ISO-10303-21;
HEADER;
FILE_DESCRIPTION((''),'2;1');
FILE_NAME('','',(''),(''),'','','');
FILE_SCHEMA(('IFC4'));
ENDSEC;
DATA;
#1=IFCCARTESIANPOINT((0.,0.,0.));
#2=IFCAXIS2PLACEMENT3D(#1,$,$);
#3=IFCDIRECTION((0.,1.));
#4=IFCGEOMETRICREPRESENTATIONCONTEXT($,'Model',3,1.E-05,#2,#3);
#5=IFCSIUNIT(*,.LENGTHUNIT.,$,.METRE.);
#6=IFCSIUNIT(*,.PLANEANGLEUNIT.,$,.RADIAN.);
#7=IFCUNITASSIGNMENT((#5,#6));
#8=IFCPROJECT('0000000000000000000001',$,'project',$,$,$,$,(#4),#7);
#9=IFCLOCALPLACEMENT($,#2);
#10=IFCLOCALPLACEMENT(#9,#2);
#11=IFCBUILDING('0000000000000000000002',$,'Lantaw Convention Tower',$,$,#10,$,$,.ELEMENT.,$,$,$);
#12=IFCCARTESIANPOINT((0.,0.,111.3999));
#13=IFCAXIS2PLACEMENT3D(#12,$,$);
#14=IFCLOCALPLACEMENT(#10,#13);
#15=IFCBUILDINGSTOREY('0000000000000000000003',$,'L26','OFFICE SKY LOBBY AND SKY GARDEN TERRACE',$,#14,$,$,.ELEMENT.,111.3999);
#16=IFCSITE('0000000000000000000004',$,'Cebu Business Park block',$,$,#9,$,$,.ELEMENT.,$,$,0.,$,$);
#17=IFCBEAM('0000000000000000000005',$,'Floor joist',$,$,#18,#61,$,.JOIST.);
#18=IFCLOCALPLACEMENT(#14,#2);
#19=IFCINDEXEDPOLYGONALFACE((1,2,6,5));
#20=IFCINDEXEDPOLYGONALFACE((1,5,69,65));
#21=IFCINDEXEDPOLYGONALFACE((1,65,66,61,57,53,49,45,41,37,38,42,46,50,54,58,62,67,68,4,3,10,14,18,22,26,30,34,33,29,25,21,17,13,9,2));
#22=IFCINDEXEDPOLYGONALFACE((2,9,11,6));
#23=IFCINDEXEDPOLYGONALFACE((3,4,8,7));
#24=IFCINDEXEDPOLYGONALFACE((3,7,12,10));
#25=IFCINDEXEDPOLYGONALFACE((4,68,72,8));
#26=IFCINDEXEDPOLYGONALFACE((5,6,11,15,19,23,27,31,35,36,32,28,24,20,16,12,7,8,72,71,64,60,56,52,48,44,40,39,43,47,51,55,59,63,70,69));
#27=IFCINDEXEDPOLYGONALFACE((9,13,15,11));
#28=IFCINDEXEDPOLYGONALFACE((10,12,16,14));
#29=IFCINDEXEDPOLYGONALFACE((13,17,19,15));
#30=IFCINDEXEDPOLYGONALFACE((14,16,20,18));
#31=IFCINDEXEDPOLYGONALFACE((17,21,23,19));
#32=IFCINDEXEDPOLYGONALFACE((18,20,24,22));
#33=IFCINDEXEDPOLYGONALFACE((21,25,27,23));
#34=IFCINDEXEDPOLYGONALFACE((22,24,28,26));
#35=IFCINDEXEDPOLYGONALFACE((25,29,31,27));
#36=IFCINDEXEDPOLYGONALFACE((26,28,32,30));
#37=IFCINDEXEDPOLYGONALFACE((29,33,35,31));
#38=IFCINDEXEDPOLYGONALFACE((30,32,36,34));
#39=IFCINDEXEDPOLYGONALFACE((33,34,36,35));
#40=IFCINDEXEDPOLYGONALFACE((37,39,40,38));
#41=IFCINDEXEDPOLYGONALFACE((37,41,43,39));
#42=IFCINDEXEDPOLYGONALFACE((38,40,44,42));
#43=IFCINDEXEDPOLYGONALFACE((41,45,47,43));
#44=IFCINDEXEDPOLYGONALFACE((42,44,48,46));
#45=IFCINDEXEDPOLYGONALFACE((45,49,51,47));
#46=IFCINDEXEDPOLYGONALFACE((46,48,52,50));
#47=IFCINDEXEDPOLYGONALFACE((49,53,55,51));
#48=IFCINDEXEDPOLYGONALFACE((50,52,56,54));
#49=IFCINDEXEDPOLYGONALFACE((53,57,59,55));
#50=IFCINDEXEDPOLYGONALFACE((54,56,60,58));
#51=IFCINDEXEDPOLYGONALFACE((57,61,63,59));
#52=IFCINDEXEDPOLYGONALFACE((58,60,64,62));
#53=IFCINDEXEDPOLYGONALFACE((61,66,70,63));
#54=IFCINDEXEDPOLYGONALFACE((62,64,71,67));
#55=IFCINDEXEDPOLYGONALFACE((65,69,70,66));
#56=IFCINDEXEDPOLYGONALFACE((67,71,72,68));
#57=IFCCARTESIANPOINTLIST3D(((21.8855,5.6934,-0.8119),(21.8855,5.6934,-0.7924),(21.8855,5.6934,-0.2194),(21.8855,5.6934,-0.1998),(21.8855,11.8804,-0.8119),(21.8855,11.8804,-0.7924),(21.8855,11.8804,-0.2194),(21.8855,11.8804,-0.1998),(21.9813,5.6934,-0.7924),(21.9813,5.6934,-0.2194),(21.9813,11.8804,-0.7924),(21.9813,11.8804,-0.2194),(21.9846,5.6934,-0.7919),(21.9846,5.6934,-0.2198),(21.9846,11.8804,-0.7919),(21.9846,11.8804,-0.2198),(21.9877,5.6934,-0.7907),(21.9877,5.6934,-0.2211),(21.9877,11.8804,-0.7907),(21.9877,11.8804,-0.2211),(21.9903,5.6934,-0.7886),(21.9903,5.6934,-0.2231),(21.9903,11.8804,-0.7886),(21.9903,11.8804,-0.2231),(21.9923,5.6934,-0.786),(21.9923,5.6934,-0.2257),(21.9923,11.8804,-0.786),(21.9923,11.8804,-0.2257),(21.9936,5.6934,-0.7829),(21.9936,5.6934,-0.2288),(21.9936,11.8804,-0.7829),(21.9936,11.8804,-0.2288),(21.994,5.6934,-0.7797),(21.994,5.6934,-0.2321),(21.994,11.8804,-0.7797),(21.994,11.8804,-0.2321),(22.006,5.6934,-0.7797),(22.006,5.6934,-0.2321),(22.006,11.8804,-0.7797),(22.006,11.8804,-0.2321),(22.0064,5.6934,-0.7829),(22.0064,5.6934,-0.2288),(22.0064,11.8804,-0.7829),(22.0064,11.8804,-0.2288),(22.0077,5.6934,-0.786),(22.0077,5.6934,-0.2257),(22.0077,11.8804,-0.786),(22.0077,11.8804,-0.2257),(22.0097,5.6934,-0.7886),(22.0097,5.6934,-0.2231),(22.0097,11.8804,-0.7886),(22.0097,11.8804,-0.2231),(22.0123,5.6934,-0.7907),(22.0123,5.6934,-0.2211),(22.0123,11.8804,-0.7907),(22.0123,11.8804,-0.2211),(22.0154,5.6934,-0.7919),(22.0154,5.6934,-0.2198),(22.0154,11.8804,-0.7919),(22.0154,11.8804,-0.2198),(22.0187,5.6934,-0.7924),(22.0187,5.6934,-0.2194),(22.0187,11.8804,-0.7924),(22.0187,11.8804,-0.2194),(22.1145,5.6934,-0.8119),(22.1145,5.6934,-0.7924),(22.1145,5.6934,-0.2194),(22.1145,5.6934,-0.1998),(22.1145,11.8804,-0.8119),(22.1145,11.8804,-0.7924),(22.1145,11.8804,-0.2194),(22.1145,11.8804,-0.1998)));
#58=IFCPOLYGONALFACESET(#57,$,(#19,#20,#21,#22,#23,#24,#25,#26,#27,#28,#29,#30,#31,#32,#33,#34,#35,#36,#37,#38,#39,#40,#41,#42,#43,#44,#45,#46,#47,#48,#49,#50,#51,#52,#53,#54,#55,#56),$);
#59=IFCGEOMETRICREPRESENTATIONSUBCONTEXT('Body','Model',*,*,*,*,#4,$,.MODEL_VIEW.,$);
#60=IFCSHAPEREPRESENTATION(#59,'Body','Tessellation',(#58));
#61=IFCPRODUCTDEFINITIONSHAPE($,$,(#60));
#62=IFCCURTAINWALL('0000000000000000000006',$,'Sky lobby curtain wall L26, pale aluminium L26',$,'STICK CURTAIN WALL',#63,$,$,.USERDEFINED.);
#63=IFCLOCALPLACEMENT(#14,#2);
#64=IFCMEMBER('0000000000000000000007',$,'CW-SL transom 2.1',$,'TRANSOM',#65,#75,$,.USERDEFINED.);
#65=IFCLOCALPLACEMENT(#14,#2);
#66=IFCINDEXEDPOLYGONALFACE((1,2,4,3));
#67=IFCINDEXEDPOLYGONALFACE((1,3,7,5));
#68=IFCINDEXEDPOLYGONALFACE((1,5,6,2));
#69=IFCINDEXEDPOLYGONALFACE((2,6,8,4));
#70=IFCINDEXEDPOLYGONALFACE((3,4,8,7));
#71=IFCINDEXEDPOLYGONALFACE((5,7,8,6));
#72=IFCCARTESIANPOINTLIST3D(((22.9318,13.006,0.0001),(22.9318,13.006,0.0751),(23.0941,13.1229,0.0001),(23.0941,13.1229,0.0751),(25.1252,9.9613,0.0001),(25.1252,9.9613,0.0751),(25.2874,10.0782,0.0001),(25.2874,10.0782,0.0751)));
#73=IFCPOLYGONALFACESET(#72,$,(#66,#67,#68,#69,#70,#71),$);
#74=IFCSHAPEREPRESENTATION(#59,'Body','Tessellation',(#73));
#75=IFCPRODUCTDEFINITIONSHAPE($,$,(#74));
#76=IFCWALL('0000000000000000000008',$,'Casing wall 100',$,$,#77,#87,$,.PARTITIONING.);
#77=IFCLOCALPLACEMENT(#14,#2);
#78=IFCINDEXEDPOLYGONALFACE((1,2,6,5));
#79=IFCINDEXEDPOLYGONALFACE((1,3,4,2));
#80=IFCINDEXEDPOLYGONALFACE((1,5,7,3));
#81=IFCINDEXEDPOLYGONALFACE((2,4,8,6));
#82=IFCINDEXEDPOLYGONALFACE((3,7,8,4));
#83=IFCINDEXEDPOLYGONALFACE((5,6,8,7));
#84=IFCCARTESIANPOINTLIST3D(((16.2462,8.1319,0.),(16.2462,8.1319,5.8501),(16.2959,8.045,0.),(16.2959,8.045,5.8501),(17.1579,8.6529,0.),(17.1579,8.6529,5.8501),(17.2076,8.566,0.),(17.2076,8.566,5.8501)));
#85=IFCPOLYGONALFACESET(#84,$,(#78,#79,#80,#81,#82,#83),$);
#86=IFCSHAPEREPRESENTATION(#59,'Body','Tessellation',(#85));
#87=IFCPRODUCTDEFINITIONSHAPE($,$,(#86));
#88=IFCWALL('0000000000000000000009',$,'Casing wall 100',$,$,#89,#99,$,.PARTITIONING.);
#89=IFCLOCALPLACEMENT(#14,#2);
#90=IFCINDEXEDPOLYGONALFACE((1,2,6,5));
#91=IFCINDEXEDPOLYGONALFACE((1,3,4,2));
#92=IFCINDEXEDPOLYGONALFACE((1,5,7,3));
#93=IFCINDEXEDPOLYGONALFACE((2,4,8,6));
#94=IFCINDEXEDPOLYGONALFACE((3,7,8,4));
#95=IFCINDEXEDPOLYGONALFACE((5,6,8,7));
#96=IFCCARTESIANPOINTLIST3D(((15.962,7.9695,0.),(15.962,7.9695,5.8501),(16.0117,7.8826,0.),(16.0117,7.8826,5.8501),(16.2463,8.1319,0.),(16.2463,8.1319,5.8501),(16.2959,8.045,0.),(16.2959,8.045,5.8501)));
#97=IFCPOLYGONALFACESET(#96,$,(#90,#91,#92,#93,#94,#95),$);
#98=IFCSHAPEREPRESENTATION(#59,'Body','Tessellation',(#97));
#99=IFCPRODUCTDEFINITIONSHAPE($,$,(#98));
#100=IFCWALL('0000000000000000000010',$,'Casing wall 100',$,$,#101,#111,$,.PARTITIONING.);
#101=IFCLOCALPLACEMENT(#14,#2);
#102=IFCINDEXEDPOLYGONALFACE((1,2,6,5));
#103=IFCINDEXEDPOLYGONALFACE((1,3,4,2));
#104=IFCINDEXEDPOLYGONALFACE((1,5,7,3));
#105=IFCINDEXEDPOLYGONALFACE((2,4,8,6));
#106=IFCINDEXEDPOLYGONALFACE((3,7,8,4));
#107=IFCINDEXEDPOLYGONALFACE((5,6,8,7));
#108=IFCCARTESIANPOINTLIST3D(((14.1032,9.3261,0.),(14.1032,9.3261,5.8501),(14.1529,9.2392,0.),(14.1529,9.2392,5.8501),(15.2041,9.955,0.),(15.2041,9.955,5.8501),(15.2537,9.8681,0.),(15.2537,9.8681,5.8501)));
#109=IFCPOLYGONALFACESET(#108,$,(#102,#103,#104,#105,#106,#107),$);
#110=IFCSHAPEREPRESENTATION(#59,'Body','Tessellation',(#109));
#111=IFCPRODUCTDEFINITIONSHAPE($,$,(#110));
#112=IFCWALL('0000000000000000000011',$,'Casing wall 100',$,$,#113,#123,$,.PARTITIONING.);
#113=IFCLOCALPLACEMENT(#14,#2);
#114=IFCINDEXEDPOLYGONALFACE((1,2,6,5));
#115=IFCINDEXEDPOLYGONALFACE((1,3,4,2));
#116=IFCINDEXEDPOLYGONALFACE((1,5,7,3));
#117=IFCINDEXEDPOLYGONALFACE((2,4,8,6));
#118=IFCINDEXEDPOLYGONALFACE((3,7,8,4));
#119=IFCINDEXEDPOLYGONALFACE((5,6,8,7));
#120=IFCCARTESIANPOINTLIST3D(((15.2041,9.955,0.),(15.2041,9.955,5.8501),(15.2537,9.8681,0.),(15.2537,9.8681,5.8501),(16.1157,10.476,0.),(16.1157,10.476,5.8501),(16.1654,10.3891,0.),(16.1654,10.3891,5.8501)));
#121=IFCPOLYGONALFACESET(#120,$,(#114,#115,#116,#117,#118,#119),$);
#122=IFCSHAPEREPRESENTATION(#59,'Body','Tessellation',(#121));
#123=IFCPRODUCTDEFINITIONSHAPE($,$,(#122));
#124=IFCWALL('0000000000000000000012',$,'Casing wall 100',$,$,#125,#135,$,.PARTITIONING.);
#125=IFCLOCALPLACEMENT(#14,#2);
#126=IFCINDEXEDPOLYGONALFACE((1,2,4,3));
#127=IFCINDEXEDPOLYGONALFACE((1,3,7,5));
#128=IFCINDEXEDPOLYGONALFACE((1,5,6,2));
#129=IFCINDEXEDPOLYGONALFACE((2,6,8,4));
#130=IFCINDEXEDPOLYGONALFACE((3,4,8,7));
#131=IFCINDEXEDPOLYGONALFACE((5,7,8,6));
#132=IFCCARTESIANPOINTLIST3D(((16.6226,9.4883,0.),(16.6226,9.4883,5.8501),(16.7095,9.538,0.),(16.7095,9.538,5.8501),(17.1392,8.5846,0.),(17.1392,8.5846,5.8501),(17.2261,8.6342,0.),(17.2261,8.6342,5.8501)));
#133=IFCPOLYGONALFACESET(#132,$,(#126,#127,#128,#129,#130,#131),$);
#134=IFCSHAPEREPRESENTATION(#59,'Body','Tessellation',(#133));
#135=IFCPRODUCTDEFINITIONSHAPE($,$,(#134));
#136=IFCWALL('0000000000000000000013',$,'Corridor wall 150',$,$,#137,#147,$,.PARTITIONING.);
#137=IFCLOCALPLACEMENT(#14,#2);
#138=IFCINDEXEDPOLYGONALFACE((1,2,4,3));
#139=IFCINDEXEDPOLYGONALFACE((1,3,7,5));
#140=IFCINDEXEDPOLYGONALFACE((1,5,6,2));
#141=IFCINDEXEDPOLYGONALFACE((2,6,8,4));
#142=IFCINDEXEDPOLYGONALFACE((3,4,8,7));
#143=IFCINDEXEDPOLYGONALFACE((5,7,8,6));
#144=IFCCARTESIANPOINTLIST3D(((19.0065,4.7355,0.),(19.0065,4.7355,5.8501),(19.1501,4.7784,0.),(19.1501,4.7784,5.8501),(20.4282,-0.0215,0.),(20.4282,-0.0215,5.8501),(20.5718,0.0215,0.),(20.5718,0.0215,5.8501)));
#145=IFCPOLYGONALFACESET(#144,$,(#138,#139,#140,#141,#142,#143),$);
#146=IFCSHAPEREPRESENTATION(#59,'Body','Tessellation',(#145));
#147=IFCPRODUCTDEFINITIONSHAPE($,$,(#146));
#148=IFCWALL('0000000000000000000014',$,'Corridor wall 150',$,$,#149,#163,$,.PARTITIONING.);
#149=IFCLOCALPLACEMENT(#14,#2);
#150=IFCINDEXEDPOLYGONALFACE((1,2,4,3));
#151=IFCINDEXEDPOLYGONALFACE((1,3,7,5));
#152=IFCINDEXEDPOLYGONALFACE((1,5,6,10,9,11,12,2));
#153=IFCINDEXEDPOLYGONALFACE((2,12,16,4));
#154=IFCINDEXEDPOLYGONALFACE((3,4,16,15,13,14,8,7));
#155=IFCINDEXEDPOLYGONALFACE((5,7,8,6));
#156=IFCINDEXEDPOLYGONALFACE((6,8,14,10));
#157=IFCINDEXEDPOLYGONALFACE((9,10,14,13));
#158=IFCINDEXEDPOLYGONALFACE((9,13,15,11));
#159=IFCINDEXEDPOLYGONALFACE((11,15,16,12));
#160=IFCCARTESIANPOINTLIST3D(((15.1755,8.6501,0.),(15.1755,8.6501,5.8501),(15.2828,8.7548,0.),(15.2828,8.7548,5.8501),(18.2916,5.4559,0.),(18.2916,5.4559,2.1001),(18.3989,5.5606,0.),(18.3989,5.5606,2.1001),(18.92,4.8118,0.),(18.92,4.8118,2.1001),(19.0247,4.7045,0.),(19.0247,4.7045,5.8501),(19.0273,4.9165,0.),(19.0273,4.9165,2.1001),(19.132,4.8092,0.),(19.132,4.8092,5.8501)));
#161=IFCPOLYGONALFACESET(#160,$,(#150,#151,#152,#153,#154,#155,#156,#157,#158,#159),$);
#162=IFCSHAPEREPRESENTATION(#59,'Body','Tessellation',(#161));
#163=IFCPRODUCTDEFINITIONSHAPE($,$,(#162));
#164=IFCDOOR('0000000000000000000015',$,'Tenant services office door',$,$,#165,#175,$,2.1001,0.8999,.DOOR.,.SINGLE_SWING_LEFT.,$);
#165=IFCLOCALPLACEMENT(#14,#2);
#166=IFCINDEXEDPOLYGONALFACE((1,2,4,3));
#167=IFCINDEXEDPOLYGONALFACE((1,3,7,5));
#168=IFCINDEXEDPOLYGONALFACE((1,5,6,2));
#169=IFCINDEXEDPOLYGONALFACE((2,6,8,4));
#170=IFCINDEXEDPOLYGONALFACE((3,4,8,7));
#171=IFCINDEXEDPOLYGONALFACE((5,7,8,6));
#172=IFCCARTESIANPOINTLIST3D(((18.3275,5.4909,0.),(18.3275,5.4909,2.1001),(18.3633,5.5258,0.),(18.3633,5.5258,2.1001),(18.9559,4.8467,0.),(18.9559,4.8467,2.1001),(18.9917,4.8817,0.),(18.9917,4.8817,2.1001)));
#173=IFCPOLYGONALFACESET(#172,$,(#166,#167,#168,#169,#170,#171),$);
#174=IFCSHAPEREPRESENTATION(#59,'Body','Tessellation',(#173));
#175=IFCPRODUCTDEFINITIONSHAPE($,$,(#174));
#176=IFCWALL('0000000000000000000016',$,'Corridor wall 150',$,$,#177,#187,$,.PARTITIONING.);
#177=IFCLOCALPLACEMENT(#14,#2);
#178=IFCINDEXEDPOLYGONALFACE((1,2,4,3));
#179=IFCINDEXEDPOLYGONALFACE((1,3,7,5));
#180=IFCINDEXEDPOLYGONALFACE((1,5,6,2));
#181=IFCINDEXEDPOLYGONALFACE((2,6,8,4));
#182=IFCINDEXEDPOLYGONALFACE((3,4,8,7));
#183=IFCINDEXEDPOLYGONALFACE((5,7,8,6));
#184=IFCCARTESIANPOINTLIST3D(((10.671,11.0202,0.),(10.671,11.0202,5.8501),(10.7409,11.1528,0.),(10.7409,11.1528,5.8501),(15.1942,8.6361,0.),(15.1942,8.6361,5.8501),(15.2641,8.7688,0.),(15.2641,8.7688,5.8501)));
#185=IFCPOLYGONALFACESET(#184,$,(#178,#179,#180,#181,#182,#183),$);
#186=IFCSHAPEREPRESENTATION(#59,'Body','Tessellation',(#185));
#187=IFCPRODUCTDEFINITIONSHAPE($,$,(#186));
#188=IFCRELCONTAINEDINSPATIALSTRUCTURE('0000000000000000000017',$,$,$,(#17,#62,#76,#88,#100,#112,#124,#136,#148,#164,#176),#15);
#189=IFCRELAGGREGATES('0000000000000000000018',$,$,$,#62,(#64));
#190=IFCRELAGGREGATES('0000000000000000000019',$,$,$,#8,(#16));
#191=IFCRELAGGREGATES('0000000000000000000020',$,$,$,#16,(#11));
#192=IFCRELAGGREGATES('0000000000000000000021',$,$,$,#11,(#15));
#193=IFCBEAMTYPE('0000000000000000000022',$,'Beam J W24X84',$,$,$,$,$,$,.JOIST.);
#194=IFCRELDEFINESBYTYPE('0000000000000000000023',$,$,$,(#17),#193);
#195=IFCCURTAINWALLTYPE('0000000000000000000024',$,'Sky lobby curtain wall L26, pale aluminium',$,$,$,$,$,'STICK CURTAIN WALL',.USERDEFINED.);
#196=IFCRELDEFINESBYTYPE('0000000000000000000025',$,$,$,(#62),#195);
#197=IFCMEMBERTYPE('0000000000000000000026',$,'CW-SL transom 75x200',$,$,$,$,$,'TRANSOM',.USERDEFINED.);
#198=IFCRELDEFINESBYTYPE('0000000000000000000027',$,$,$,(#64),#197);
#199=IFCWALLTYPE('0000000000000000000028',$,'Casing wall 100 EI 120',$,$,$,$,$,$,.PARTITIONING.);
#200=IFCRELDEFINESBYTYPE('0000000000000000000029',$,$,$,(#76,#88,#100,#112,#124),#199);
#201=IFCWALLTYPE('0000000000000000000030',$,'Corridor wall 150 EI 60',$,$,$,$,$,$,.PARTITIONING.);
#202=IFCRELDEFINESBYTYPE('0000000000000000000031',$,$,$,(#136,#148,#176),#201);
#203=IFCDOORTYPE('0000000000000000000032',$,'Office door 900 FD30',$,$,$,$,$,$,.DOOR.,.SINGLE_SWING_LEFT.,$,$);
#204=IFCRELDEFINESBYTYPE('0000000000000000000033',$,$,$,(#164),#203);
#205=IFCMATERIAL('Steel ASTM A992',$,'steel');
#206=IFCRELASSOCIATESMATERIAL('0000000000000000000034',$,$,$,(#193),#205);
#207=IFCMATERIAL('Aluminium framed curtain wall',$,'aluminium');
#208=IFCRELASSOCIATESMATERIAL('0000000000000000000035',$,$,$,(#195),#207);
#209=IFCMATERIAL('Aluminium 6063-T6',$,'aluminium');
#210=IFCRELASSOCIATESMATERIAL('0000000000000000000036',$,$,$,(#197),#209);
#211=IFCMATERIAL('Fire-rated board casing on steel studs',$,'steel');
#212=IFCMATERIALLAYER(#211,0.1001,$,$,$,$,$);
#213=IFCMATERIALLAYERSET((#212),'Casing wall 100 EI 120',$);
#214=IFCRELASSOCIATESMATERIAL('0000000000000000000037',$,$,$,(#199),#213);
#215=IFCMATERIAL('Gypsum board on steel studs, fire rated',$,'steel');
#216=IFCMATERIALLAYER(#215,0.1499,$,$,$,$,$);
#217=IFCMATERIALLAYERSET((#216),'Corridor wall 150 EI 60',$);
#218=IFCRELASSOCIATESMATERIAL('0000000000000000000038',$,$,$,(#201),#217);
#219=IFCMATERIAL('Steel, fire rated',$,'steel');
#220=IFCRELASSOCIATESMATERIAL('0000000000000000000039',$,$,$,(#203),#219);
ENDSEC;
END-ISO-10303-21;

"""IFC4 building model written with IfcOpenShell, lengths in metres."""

from ifc_helpers import new_model, si_unit, direction, frame, frame_2d, origin, origin_2d, place, context, subcontext, project, spatial, rectangle, i_section, extrude, material, layer, layer_set, material_profile, profile_set, type_object, element, fill, aggregate, save


model = new_model("IFC4")

# Units and contexts
model_context = context("Model", 3, precision=1e-05, world=origin(), true_north=direction((0.0, 1.0)))
body_context = subcontext(model_context, "Body", "Model", "MODEL_VIEW")
ifc_project = project(units=[si_unit("LENGTHUNIT", "METRE"), si_unit("PLANEANGLEUNIT", "RADIAN")], contexts=[model_context])

# Site, building, storey
site_placement = place(None, origin())
site = spatial("IfcSite", under=ifc_project, at=site_placement, Name="Cebu Business Park block", CompositionType="ELEMENT", RefElevation=0.0)
building_placement = place(site_placement, origin())
building = spatial("IfcBuilding", under=site, at=building_placement, Name="Lantaw Convention Tower", CompositionType="ELEMENT")
storey_placement = place(building_placement, frame((0.0, 0.0, 111.3999)))
storey = spatial("IfcBuildingStorey", under=building, at=storey_placement, Name="L26", Description="OFFICE SKY LOBBY AND SKY GARDEN TERRACE", CompositionType="ELEMENT", Elevation=111.3999)

# Beam
ifc_material_1 = material(Name="Steel ASTM A992", Category="steel")
ifc_material_profile_1 = material_profile(ifc_material_1, i_section(OverallWidth=0.229, OverallDepth=0.6121, WebThickness=0.012, FlangeThickness=0.0195, FilletRadius=0.0127, at=origin_2d()), Name="W24X84")
ifc_profile_set_1 = profile_set([ifc_material_profile_1], Name="Steel ASTM A992")
beam_type_1 = type_object("IfcBeamType", Name="Beam J W24X84", PredefinedType="JOIST", material=ifc_profile_set_1)
beam_1_placement = place(storey_placement, frame((22.0, 5.6934, -0.5059), z_axis=(0.0, 1.0, 0.0), x_axis=(-1.0, 0.0, 0.0)))
element("IfcBeam", 1, at=beam_1_placement, inside=storey, type_object=beam_type_1, Name="Floor joist", PredefinedType="JOIST", context=body_context, shape_type="SweptSolid", body=[
    extrude(i_section(OverallWidth=0.229, OverallDepth=0.6121, WebThickness=0.012, FlangeThickness=0.0195, FilletRadius=0.0127, at=origin_2d()), origin(), (0.0, 0.0, 1.0), 6.187),
])

# Curtain wall, member
ifc_material_2 = material(Name="Aluminium framed curtain wall", Category="aluminium")
curtain_wall_type = type_object("IfcCurtainWallType", Name="Sky lobby curtain wall L26, pale aluminium", ElementType="STICK CURTAIN WALL", PredefinedType="USERDEFINED", material=ifc_material_2)
curtain_wall_placement = place(storey_placement, origin())
curtain_wall = element("IfcCurtainWall", 2, at=curtain_wall_placement, inside=storey, type_object=curtain_wall_type, Name="Sky lobby curtain wall L26, pale aluminium L26", ObjectType="STICK CURTAIN WALL", PredefinedType="USERDEFINED")
ifc_material_3 = material(Name="Aluminium 6063-T6", Category="aluminium")
ifc_material_profile_2 = material_profile(ifc_material_3, rectangle(XDim=0.2, YDim=0.075, at=origin_2d()), Name="CW-SL transom 75x200")
ifc_profile_set_2 = profile_set([ifc_material_profile_2], Name="Aluminium 6063-T6")
member_type = type_object("IfcMemberType", Name="CW-SL transom 75x200", ElementType="TRANSOM", PredefinedType="USERDEFINED", material=ifc_profile_set_2)
member_placement = place(storey_placement, frame((25.2063, 10.0198, 0.0376), z_axis=(-0.584514, 0.811384, 0.0), x_axis=(-0.811384, -0.584514, 0.0)))
member = element("IfcMember", 3, at=member_placement, type_object=member_type, Name="CW-SL transom 2.1", ObjectType="TRANSOM", PredefinedType="USERDEFINED", context=body_context, shape_type="SweptSolid", body=[
    extrude(rectangle(XDim=0.2, YDim=0.075, at=origin_2d()), origin(), (0.0, 0.0, 1.0), 3.7524),
])
aggregate(curtain_wall, [member])

# Walls
ifc_material_4 = material(Name="Fire-rated board casing on steel studs", Category="steel")
ifc_layer_1 = layer(ifc_material_4, 0.1001)
ifc_layer_set_1 = layer_set([ifc_layer_1], Name="Casing wall 100 EI 120")
wall_type_1 = type_object("IfcWallType", Name="Casing wall 100 EI 120", PredefinedType="PARTITIONING", material=ifc_layer_set_1)
wall_1_placement = place(storey_placement, frame((17.1826, 8.6094, 0.0), z_axis=(0.0, 0.0, 1.0), x_axis=(-0.868215, -0.496189, 0.0)))
element("IfcWall", 4, at=wall_1_placement, inside=storey, type_object=wall_type_1, Name="Casing wall 100", PredefinedType="PARTITIONING", context=body_context, shape_type="SweptSolid", body=[
    extrude(rectangle(XDim=1.05, YDim=0.1001, at=frame_2d((0.5249, 0.0))), origin(), (0.0, 0.0, 1.0), 5.8501),
])
wall_2_placement = place(storey_placement, frame((16.271, 8.0884, 0.0), z_axis=(0.0, 0.0, 1.0), x_axis=(-0.868289, -0.496059, 0.0)))
element("IfcWall", 5, at=wall_2_placement, inside=storey, type_object=wall_type_1, Name="Casing wall 100", PredefinedType="PARTITIONING", context=body_context, shape_type="SweptSolid", body=[
    extrude(rectangle(XDim=0.3274, YDim=0.1001, at=frame_2d((0.1636, 0.0))), origin(), (0.0, 0.0, 1.0), 5.8501),
])
wall_3_placement = place(storey_placement, frame((14.1282, 9.2827, 0.0), z_axis=(0.0, 0.0, 1.0), x_axis=(0.868291, 0.496056, 0.0)))
element("IfcWall", 6, at=wall_3_placement, inside=storey, type_object=wall_type_1, Name="Casing wall 100", PredefinedType="PARTITIONING", context=body_context, shape_type="SweptSolid", body=[
    extrude(rectangle(XDim=1.2678, YDim=0.1001, at=frame_2d((0.6338, 0.0))), origin(), (0.0, 0.0, 1.0), 5.8501),
])
wall_4_placement = place(storey_placement, frame((15.229, 9.9116, 0.0), z_axis=(0.0, 0.0, 1.0), x_axis=(0.868215, 0.496189, 0.0)))
element("IfcWall", 7, at=wall_4_placement, inside=storey, type_object=wall_type_1, Name="Casing wall 100", PredefinedType="PARTITIONING", context=body_context, shape_type="SweptSolid", body=[
    extrude(rectangle(XDim=1.05, YDim=0.1001, at=frame_2d((0.5249, 0.0))), origin(), (0.0, 0.0, 1.0), 5.8501),
])
wall_5_placement = place(storey_placement, frame((16.666, 9.5132, 0.0), z_axis=(0.0, 0.0, 1.0), x_axis=(0.49624, -0.868185, 0.0)))
element("IfcWall", 8, at=wall_5_placement, inside=storey, type_object=wall_type_1, Name="Casing wall 100", PredefinedType="PARTITIONING", context=body_context, shape_type="SweptSolid", body=[
    extrude(rectangle(XDim=1.041, YDim=0.1001, at=frame_2d((0.5205, 0.0))), origin(), (0.0, 0.0, 1.0), 5.8501),
])
ifc_material_5 = material(Name="Gypsum board on steel studs, fire rated", Category="steel")
ifc_layer_2 = layer(ifc_material_5, 0.1499)
ifc_layer_set_2 = layer_set([ifc_layer_2], Name="Corridor wall 150 EI 60")
wall_type_2 = type_object("IfcWallType", Name="Corridor wall 150 EI 60", PredefinedType="PARTITIONING", material=ifc_layer_set_2)
wall_6_placement = place(storey_placement, frame((20.5, 0.0, 0.0), z_axis=(0.0, 0.0, 1.0), x_axis=(-0.286346, 0.958126, 0.0)))
element("IfcWall", 9, at=wall_6_placement, inside=storey, type_object=wall_type_2, Name="Corridor wall 150", PredefinedType="PARTITIONING", context=body_context, shape_type="SweptSolid", body=[
    extrude(rectangle(XDim=4.9648, YDim=0.1499, at=frame_2d((2.4824, 0.0))), origin(), (0.0, 0.0, 1.0), 5.8501),
])

# Wall, opening, door
wall_7_placement = place(storey_placement, frame((19.0784, 4.7568, 0.0), z_axis=(0.0, 0.0, 1.0), x_axis=(-0.698305, 0.7158, 0.0)))
wall_7 = element("IfcWall", 10, at=wall_7_placement, inside=storey, type_object=wall_type_2, Name="Corridor wall 150", PredefinedType="PARTITIONING", context=body_context, shape_type="SweptSolid", body=[
    extrude(rectangle(XDim=5.5122, YDim=0.1499, at=frame_2d((2.7561, 0.0))), origin(), (0.0, 0.0, 1.0), 5.8501),
])
opening_placement = place(wall_7_placement, frame((0.1499, 0.0, 0.0)))
opening = element("IfcOpeningElement", 11, at=opening_placement, cuts=wall_7, PredefinedType="OPENING", context=body_context, shape_type="SweptSolid", body=[
    extrude(rectangle(XDim=0.8999, YDim=2.1001, at=frame_2d((0.45, 1.05))), frame((0.0, 0.085, 0.0), z_axis=(0.0, -1.0, 0.0), x_axis=(1.0, 0.0, 0.0)), (0.0, 0.0, 1.0), 0.1699),
])
ifc_material_6 = material(Name="Steel, fire rated", Category="steel")
door_type = type_object("IfcDoorType", Name="Office door 900 FD30", OperationType="SINGLE_SWING_LEFT", PredefinedType="DOOR", material=ifc_material_6)
door_placement = place(opening_placement, origin())
door = element("IfcDoor", 12, at=door_placement, inside=storey, type_object=door_type, Name="Tenant services office door", OperationType="SINGLE_SWING_LEFT", OverallHeight=2.1001, OverallWidth=0.8999, PredefinedType="DOOR", context=body_context, shape_type="SweptSolid", body=[
    extrude(rectangle(XDim=0.8999, YDim=2.1001, at=frame_2d((0.45, 1.05))), frame((0.0, 0.0249, 0.0), z_axis=(0.0, -1.0, 0.0), x_axis=(1.0, 0.0, 0.0)), (0.0, 0.0, 1.0), 0.05),
])
fill(opening, door)

# Wall
wall_8_placement = place(storey_placement, frame((15.2292, 8.7024, 0.0), z_axis=(0.0, 0.0, 1.0), x_axis=(-0.884644, 0.466268, 0.0)))
element("IfcWall", 13, at=wall_8_placement, inside=storey, type_object=wall_type_2, Name="Corridor wall 150", PredefinedType="PARTITIONING", context=body_context, shape_type="SweptSolid", body=[
    extrude(rectangle(XDim=5.113, YDim=0.1499, at=frame_2d((2.5566, 0.0))), origin(), (0.0, 0.0, 1.0), 5.8501),
])

save(model, "model.ifc")
